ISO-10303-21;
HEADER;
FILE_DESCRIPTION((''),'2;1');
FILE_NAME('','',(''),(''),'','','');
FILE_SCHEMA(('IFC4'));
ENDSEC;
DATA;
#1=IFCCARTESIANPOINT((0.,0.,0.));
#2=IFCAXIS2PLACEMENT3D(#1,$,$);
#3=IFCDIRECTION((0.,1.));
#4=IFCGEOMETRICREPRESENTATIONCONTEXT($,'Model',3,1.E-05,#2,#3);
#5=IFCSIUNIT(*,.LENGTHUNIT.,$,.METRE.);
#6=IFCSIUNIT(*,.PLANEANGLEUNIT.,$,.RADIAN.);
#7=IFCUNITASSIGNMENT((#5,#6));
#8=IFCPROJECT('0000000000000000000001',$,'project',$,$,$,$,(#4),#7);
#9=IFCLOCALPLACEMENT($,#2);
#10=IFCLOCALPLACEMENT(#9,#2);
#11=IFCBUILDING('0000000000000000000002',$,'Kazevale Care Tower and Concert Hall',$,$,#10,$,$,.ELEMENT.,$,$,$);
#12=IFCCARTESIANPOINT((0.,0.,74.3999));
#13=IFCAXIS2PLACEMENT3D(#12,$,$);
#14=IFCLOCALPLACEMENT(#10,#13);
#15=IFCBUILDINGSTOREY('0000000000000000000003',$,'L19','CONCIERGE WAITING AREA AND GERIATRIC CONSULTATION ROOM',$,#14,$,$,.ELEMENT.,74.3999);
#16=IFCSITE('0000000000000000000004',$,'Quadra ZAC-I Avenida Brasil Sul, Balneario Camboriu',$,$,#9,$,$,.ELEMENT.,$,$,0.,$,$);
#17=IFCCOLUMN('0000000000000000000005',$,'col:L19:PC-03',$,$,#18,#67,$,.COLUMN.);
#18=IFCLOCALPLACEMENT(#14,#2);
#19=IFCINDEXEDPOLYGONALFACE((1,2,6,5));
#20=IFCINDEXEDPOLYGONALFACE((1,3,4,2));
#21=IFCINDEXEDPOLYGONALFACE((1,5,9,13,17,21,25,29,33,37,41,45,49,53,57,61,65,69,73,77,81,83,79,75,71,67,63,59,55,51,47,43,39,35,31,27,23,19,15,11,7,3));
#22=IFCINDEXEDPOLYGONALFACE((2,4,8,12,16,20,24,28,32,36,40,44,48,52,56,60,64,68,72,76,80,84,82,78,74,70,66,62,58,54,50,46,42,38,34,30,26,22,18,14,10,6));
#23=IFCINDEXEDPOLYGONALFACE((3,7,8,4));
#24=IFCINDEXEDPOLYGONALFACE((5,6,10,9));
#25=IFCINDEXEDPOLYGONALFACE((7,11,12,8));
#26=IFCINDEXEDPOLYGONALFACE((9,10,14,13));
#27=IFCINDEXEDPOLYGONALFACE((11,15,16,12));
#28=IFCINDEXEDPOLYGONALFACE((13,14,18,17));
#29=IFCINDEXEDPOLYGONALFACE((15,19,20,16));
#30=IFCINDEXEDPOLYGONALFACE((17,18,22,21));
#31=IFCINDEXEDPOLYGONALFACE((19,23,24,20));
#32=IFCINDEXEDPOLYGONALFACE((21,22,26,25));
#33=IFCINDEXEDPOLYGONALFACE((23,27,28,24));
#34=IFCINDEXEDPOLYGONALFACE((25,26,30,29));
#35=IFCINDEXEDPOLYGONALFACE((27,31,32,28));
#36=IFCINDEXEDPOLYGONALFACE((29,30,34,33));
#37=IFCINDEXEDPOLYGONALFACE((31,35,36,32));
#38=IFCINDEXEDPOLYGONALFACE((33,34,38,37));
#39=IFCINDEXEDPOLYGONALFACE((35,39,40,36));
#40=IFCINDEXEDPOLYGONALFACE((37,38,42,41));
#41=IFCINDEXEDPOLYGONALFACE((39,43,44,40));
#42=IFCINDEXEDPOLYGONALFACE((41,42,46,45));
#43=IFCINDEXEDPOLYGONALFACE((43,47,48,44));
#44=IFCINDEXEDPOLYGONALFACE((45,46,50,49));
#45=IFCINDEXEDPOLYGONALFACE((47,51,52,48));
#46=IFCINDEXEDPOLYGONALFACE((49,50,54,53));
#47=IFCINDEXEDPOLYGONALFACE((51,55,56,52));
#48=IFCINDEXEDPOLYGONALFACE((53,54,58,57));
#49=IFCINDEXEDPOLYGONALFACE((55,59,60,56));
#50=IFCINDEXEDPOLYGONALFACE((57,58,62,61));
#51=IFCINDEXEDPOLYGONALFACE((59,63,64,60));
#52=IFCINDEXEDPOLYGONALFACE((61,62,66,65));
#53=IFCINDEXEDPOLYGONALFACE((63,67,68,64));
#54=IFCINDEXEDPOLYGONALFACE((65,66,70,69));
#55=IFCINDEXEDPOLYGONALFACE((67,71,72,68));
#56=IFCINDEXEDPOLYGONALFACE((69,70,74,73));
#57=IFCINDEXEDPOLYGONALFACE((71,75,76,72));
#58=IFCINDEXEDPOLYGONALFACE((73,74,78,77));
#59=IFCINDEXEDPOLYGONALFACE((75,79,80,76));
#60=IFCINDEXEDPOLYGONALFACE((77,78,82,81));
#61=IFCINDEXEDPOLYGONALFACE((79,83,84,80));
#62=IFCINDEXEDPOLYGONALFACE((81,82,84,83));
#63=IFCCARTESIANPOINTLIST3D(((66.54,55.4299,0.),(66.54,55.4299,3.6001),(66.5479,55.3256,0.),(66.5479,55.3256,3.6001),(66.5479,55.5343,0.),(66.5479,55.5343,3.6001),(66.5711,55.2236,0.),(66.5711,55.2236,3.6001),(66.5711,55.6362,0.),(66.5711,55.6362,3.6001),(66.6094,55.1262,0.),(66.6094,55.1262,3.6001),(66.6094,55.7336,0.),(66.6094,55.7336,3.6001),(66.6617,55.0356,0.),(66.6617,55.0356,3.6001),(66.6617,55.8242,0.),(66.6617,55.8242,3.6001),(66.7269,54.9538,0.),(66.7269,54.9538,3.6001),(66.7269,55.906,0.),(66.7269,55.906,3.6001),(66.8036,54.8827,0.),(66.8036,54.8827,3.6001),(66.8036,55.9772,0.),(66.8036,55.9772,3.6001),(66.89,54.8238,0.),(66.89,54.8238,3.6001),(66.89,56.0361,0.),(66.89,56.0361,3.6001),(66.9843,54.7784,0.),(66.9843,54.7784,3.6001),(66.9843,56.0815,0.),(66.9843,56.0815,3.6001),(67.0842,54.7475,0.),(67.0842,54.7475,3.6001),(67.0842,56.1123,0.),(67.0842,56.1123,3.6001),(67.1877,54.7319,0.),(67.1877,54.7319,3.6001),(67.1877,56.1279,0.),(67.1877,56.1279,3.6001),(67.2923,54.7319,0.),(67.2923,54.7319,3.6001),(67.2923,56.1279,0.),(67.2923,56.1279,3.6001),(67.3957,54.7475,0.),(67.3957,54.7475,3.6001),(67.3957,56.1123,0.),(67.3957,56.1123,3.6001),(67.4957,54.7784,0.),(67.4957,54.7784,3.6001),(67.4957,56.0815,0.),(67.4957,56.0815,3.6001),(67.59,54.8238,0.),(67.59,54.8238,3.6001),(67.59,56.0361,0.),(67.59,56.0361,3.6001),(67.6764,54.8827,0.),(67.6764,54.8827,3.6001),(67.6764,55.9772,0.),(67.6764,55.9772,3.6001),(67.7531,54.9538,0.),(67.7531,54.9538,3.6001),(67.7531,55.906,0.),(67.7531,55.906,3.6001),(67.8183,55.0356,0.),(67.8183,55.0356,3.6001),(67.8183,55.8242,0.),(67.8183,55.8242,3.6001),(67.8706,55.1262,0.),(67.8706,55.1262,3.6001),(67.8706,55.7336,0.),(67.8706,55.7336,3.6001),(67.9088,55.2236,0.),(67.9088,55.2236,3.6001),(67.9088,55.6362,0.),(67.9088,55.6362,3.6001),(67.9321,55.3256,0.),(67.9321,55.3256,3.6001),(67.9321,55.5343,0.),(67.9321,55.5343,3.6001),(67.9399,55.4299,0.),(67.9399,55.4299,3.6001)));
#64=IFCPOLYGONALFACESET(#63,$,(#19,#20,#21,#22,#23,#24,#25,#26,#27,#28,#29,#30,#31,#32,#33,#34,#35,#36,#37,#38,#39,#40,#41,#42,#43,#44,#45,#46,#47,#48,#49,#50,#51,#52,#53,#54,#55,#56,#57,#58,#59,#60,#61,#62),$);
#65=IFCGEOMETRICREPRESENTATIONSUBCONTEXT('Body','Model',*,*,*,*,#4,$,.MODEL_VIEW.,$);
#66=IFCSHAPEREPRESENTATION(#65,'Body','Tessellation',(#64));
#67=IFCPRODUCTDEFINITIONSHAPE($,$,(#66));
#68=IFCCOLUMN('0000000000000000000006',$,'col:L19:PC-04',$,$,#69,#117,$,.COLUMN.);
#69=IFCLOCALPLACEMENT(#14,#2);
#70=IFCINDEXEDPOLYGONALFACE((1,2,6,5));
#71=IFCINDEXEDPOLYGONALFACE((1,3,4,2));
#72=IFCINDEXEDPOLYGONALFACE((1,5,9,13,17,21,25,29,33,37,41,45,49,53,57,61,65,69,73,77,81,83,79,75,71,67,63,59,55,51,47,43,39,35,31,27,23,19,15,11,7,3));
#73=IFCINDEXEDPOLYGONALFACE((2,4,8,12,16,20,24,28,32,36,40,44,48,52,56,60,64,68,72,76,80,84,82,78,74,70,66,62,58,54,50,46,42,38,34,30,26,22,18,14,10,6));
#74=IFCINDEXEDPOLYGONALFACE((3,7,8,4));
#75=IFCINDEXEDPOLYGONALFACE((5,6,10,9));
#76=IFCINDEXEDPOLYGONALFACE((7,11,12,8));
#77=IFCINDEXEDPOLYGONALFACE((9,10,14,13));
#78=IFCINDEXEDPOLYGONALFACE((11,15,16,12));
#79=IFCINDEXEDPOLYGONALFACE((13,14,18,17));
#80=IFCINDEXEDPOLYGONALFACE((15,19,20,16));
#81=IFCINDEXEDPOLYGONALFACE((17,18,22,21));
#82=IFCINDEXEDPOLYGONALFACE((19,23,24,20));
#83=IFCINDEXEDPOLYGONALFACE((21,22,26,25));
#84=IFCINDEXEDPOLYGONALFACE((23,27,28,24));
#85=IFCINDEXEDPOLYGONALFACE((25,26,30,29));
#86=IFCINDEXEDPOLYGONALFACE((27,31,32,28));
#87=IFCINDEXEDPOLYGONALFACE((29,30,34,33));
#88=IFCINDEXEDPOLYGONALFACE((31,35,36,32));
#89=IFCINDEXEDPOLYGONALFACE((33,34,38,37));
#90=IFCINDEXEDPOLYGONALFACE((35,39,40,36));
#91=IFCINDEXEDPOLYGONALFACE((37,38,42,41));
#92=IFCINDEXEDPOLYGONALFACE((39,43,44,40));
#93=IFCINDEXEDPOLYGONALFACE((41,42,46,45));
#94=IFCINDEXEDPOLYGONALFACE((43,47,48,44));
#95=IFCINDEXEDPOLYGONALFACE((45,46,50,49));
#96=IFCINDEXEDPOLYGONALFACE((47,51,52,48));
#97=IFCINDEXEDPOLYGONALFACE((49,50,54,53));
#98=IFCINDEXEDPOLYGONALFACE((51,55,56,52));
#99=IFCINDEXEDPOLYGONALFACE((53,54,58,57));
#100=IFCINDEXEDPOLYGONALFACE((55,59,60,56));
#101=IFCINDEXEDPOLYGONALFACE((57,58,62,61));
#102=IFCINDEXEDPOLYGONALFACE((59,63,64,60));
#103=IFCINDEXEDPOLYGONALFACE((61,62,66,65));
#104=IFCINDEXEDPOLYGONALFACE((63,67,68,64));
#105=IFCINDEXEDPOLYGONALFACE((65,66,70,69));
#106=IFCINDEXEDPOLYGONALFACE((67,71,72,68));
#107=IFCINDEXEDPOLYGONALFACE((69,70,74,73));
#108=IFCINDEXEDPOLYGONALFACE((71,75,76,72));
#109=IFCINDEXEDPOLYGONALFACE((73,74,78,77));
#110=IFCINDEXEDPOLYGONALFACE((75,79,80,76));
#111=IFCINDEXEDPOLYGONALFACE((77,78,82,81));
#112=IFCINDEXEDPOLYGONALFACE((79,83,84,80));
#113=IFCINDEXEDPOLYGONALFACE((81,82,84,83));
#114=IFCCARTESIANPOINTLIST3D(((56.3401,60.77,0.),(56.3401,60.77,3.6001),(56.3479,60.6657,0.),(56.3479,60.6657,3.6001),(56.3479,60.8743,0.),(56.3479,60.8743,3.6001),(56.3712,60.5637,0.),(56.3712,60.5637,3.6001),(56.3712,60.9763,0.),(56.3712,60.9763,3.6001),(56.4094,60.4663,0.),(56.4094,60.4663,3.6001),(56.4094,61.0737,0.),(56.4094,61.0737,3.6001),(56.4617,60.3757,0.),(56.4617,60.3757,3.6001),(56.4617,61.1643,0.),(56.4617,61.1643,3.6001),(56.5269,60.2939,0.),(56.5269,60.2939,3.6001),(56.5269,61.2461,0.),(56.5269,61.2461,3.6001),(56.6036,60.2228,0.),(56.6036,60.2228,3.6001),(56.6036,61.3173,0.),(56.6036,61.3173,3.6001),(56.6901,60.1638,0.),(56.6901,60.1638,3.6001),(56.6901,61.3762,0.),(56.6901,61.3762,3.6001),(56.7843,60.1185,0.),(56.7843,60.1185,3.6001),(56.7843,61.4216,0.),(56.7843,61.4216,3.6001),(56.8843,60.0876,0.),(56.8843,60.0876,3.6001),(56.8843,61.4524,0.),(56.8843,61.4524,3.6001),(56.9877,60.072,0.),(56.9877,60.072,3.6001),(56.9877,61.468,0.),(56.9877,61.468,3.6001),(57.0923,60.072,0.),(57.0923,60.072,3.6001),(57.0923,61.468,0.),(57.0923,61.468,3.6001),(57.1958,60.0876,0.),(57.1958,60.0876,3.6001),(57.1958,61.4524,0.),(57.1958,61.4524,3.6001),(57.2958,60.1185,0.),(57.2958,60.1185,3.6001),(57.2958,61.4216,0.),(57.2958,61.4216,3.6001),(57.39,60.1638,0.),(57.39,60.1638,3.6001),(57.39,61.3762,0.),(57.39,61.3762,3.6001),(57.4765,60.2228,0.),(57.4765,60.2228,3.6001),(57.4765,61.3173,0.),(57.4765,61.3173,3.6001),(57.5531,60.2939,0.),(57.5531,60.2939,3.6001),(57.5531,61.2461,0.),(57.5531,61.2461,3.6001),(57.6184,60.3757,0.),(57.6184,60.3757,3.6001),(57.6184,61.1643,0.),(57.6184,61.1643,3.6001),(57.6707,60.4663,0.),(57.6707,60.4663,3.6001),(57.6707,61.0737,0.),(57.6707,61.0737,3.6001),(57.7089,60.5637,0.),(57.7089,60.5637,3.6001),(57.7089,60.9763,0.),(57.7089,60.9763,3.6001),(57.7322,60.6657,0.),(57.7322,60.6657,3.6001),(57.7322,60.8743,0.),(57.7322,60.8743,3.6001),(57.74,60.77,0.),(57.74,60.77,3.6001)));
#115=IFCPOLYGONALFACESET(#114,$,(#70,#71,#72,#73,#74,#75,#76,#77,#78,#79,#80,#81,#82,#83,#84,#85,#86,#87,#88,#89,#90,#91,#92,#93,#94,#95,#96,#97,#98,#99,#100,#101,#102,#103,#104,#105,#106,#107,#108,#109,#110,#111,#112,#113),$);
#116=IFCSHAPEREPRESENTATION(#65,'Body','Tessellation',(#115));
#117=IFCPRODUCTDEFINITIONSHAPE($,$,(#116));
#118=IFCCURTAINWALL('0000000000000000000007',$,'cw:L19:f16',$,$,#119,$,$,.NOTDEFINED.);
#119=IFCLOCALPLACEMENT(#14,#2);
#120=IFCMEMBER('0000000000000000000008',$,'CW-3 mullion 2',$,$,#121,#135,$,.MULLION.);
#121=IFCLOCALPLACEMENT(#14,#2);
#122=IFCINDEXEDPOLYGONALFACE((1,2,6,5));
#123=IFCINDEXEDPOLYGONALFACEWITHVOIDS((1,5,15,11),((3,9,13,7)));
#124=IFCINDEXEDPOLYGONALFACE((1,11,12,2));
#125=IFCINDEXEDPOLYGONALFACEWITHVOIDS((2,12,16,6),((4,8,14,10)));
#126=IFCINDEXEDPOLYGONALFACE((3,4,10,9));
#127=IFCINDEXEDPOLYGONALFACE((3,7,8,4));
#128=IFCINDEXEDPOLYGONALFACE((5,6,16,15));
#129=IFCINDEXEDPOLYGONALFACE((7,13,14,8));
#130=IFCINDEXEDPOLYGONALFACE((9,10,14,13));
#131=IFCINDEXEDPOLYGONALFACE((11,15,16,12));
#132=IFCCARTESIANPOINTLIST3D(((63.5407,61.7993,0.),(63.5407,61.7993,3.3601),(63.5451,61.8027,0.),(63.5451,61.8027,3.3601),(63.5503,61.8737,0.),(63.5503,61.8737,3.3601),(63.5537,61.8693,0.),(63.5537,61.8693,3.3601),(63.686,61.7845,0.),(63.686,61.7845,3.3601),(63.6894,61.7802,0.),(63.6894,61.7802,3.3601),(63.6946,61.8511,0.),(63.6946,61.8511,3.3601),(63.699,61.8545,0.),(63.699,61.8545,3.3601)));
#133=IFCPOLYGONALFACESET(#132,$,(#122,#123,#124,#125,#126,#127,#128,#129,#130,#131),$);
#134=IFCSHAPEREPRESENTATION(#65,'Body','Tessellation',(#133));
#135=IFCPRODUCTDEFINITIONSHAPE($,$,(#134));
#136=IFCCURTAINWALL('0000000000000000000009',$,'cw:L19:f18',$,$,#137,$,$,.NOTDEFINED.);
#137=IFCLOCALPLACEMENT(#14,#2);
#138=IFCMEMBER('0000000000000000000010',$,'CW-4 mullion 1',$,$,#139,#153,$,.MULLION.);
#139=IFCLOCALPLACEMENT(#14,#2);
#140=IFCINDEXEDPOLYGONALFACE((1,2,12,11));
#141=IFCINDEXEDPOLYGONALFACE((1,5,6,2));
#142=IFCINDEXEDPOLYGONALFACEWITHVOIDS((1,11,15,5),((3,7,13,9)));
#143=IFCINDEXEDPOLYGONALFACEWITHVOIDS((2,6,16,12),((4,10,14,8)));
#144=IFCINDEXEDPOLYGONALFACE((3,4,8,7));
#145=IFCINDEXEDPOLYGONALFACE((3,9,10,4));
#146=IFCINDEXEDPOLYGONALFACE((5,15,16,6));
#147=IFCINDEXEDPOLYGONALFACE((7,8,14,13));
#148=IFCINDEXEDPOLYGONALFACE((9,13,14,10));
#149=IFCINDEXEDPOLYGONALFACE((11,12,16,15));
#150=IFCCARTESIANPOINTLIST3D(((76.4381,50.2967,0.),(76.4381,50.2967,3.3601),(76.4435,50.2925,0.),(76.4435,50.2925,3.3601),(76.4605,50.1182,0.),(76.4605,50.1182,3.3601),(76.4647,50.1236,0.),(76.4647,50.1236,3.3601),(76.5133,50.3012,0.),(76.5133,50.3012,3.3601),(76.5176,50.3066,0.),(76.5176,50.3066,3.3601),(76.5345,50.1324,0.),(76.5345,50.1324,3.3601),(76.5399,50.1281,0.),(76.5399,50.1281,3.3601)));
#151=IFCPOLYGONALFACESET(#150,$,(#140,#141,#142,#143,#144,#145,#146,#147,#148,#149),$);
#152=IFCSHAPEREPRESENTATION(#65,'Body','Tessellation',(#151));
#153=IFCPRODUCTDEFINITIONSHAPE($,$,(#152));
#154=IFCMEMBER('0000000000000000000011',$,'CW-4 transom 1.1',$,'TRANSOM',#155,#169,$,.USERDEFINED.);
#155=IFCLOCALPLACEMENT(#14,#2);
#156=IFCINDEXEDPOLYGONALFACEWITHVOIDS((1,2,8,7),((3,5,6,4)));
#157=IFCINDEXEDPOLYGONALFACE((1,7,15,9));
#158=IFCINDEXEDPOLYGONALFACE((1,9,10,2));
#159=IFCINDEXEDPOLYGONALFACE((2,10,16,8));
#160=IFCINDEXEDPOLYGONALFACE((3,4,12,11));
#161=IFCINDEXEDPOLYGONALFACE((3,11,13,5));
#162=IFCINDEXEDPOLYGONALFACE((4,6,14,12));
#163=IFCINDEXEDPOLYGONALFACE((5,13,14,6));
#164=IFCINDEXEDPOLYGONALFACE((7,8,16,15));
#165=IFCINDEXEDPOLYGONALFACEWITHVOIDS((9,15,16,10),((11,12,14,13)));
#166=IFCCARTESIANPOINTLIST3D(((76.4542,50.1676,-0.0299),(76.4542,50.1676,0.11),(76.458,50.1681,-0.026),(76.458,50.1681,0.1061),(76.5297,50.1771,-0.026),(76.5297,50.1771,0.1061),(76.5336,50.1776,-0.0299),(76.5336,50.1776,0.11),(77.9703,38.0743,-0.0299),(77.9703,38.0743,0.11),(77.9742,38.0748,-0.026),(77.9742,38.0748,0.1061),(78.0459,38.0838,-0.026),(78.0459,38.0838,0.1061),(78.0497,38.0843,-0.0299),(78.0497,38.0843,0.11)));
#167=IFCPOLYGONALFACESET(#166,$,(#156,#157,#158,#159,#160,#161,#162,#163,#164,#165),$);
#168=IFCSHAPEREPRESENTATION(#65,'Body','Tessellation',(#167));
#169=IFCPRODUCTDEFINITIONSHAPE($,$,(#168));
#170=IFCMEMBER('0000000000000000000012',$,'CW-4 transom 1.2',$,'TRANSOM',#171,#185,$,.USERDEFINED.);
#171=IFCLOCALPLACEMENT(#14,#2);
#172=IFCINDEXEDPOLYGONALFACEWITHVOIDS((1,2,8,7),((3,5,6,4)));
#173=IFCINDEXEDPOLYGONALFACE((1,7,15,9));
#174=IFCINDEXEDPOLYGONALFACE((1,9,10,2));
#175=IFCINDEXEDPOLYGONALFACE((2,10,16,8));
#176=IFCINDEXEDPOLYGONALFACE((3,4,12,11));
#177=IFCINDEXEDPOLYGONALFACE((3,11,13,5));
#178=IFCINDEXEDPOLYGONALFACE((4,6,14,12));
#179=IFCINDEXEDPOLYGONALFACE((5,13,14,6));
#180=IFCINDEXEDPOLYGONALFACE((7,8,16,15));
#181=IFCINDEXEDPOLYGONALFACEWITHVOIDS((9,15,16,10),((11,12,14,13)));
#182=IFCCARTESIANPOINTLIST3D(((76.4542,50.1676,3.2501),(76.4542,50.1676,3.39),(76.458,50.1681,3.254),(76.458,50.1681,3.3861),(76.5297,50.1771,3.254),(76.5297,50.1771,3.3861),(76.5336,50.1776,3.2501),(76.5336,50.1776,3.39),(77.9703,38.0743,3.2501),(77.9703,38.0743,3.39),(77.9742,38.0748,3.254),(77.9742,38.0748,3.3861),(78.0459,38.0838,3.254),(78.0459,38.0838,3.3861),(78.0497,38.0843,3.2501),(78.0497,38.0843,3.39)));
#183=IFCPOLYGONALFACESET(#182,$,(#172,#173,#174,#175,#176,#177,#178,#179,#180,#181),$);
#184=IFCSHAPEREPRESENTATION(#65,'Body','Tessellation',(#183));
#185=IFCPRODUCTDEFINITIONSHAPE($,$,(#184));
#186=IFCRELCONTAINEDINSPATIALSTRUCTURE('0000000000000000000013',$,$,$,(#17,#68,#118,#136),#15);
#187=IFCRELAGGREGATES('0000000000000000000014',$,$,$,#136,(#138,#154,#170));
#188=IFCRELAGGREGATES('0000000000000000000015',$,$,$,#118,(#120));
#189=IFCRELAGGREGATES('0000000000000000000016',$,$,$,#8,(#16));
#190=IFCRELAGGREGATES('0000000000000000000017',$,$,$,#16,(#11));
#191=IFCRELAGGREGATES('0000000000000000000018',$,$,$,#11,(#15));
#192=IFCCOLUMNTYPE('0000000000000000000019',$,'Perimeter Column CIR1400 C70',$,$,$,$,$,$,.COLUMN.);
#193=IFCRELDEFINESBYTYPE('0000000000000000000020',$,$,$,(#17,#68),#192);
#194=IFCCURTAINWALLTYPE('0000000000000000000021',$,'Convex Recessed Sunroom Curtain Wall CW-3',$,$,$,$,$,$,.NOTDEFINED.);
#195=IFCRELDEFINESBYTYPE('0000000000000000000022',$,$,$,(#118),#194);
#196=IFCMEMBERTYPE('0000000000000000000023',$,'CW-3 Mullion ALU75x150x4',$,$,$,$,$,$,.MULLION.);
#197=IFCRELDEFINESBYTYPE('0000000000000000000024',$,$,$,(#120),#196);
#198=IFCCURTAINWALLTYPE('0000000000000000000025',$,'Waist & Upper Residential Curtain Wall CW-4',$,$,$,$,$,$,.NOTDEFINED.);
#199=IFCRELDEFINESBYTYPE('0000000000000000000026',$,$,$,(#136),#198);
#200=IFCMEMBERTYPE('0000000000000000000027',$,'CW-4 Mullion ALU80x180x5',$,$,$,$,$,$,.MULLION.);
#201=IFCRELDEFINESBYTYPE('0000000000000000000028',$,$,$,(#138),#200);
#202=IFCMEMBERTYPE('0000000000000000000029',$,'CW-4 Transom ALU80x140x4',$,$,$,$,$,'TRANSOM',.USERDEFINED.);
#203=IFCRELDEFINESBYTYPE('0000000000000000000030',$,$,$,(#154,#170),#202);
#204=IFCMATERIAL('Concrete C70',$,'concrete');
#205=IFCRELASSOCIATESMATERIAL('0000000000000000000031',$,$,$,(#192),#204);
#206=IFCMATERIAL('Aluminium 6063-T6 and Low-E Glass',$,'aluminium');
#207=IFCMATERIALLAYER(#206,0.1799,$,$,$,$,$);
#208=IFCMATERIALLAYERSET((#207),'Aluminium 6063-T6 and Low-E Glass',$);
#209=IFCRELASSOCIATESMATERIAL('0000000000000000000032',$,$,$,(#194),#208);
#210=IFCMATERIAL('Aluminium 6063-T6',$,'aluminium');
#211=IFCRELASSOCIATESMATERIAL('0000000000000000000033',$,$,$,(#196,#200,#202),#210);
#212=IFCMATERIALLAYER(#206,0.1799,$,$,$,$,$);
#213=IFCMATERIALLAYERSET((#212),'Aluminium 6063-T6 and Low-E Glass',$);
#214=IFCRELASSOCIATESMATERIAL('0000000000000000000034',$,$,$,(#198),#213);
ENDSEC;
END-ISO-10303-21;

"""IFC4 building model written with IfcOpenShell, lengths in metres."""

from ifc_helpers import new_model, si_unit, direction, frame, origin, origin_2d, place, context, subcontext, project, spatial, hollow_rectangle, circle, extrude, material, layer, layer_set, material_profile, profile_set, type_object, element, aggregate, save


model = new_model("IFC4")

# Units and contexts
model_context = context("Model", 3, precision=1e-05, world=origin(), true_north=direction((0.0, 1.0)))
body_context = subcontext(model_context, "Body", "Model", "MODEL_VIEW")
ifc_project = project(units=[si_unit("LENGTHUNIT", "METRE"), si_unit("PLANEANGLEUNIT", "RADIAN")], contexts=[model_context])

# Site, building, storey
site_placement = place(None, origin())
site = spatial("IfcSite", under=ifc_project, at=site_placement, Name="Quadra ZAC-I Avenida Brasil Sul, Balneario Camboriu", CompositionType="ELEMENT", RefElevation=0.0)
building_placement = place(site_placement, origin())
building = spatial("IfcBuilding", under=site, at=building_placement, Name="Kazevale Care Tower and Concert Hall", CompositionType="ELEMENT")
storey_placement = place(building_placement, frame((0.0, 0.0, 74.3999)))
storey = spatial("IfcBuildingStorey", under=building, at=storey_placement, Name="L19", Description="CONCIERGE WAITING AREA AND GERIATRIC CONSULTATION ROOM", CompositionType="ELEMENT", Elevation=74.3999)

# Columns
ifc_material_1 = material(Name="Concrete C70", Category="concrete")
ifc_material_profile_1 = material_profile(ifc_material_1, circle(Radius=0.7, at=origin_2d()), Name="RC-CIR1400")
ifc_profile_set_1 = profile_set([ifc_material_profile_1], Name="Concrete C70")
column_type = type_object("IfcColumnType", Name="Perimeter Column CIR1400 C70", PredefinedType="COLUMN", material=ifc_profile_set_1)
for number, where, z_axis, x_axis, name in (
    (1, (67.24, 55.4299, 0.0), (0.0, 0.0, 1.0), (1.0, 0.0, 0.0), "col:L19:PC-03"),
    (2, (57.04, 60.77, 0.0), (0.0, 0.0, 1.0), (1.0, 0.0, 0.0), "col:L19:PC-04"),
):
    element("IfcColumn", number, at=place(storey_placement, frame(where, z_axis=z_axis, x_axis=x_axis)), inside=storey, type_object=column_type, Name=name, PredefinedType="COLUMN", context=body_context, shape_type="SweptSolid", body=[
        extrude(circle(Radius=0.7, at=origin_2d()), origin(), (0.0, 0.0, 1.0), 3.6001),
    ])

# Curtain wall, member
ifc_material_2 = material(Name="Aluminium 6063-T6 and Low-E Glass", Category="aluminium")
ifc_layer_1 = layer(ifc_material_2, 0.1799)
ifc_layer_set_1 = layer_set([ifc_layer_1], Name="Aluminium 6063-T6 and Low-E Glass")
curtain_wall_type_1 = type_object("IfcCurtainWallType", Name="Convex Recessed Sunroom Curtain Wall CW-3", PredefinedType="NOTDEFINED", material=ifc_layer_set_1)
curtain_wall_1_placement = place(storey_placement, origin())
curtain_wall_1 = element("IfcCurtainWall", 3, at=curtain_wall_1_placement, inside=storey, type_object=curtain_wall_type_1, Name="cw:L19:f16", PredefinedType="NOTDEFINED")
ifc_material_3 = material(Name="Aluminium 6063-T6", Category="aluminium")
ifc_material_profile_2 = material_profile(ifc_material_3, hollow_rectangle(XDim=0.075, YDim=0.1499, WallThickness=0.0039, at=origin_2d()), Name="ALU75x150x4")
ifc_profile_set_2 = profile_set([ifc_material_profile_2], Name="Aluminium 6063-T6")
member_type_1 = type_object("IfcMemberType", Name="CW-3 Mullion ALU75x150x4", PredefinedType="MULLION", material=ifc_profile_set_2)
member_1_placement = place(storey_placement, frame((63.6199, 61.8269, 0.0), z_axis=(0.0, 0.0, 1.0), x_axis=(0.12787, 0.991791, 0.0)))
member_1 = element("IfcMember", 4, at=member_1_placement, type_object=member_type_1, Name="CW-3 mullion 2", PredefinedType="MULLION", context=body_context, shape_type="SweptSolid", body=[
    extrude(hollow_rectangle(XDim=0.075, YDim=0.1499, WallThickness=0.0039, at=origin_2d()), origin(), (0.0, 0.0, 1.0), 3.3601),
])

# Curtain wall, members
ifc_layer_2 = layer(ifc_material_2, 0.1799)
ifc_layer_set_2 = layer_set([ifc_layer_2], Name="Aluminium 6063-T6 and Low-E Glass")
curtain_wall_type_2 = type_object("IfcCurtainWallType", Name="Waist & Upper Residential Curtain Wall CW-4", PredefinedType="NOTDEFINED", material=ifc_layer_set_2)
curtain_wall_2_placement = place(storey_placement, origin())
curtain_wall_2 = element("IfcCurtainWall", 5, at=curtain_wall_2_placement, inside=storey, type_object=curtain_wall_type_2, Name="cw:L19:f18", PredefinedType="NOTDEFINED")
ifc_material_profile_3 = material_profile(ifc_material_3, hollow_rectangle(XDim=0.0801, YDim=0.1799, WallThickness=0.0049, at=origin_2d()), Name="ALU80x180x5")
ifc_profile_set_3 = profile_set([ifc_material_profile_3], Name="Aluminium 6063-T6")
member_type_2 = type_object("IfcMemberType", Name="CW-4 Mullion ALU80x180x5", PredefinedType="MULLION", material=ifc_profile_set_3)
member_2_placement = place(storey_placement, frame((76.489, 50.2124, 0.0), z_axis=(0.0, 0.0, 1.0), x_axis=(0.992233, 0.124394, 0.0)))
member_2 = element("IfcMember", 6, at=member_2_placement, type_object=member_type_2, Name="CW-4 mullion 1", PredefinedType="MULLION", context=body_context, shape_type="SweptSolid", body=[
    extrude(hollow_rectangle(XDim=0.0801, YDim=0.1799, WallThickness=0.0049, at=origin_2d()), origin(), (0.0, 0.0, 1.0), 3.3601),
])
ifc_material_profile_4 = material_profile(ifc_material_3, hollow_rectangle(XDim=0.0801, YDim=0.1399, WallThickness=0.0039, at=origin_2d()), Name="ALU80x140x4")
ifc_profile_set_4 = profile_set([ifc_material_profile_4], Name="Aluminium 6063-T6")
member_type_3 = type_object("IfcMemberType", Name="CW-4 Transom ALU80x140x4", ElementType="TRANSOM", PredefinedType="USERDEFINED", material=ifc_profile_set_4)
member_3_placement = place(storey_placement, frame((76.4939, 50.1726, 0.04), z_axis=(0.124395, -0.992233, 0.0), x_axis=(0.992233, 0.124395, 0.0)))
member_3 = element("IfcMember", 7, at=member_3_placement, type_object=member_type_3, Name="CW-4 transom 1.1", ObjectType="TRANSOM", PredefinedType="USERDEFINED", context=body_context, shape_type="SweptSolid", body=[
    extrude(hollow_rectangle(XDim=0.0801, YDim=0.1399, WallThickness=0.0039, at=origin_2d()), origin(), (0.0, 0.0, 1.0), 12.188),
])
member_4_placement = place(storey_placement, frame((76.4939, 50.1726, 3.3201), z_axis=(0.124395, -0.992233, 0.0), x_axis=(0.992233, 0.124395, 0.0)))
member_4 = element("IfcMember", 8, at=member_4_placement, type_object=member_type_3, Name="CW-4 transom 1.2", ObjectType="TRANSOM", PredefinedType="USERDEFINED", context=body_context, shape_type="SweptSolid", body=[
    extrude(hollow_rectangle(XDim=0.0801, YDim=0.1399, WallThickness=0.0039, at=origin_2d()), origin(), (0.0, 0.0, 1.0), 12.188),
])
aggregate(curtain_wall_2, [member_2, member_3, member_4])

aggregate(curtain_wall_1, [member_1])

save(model, "model.ifc")
